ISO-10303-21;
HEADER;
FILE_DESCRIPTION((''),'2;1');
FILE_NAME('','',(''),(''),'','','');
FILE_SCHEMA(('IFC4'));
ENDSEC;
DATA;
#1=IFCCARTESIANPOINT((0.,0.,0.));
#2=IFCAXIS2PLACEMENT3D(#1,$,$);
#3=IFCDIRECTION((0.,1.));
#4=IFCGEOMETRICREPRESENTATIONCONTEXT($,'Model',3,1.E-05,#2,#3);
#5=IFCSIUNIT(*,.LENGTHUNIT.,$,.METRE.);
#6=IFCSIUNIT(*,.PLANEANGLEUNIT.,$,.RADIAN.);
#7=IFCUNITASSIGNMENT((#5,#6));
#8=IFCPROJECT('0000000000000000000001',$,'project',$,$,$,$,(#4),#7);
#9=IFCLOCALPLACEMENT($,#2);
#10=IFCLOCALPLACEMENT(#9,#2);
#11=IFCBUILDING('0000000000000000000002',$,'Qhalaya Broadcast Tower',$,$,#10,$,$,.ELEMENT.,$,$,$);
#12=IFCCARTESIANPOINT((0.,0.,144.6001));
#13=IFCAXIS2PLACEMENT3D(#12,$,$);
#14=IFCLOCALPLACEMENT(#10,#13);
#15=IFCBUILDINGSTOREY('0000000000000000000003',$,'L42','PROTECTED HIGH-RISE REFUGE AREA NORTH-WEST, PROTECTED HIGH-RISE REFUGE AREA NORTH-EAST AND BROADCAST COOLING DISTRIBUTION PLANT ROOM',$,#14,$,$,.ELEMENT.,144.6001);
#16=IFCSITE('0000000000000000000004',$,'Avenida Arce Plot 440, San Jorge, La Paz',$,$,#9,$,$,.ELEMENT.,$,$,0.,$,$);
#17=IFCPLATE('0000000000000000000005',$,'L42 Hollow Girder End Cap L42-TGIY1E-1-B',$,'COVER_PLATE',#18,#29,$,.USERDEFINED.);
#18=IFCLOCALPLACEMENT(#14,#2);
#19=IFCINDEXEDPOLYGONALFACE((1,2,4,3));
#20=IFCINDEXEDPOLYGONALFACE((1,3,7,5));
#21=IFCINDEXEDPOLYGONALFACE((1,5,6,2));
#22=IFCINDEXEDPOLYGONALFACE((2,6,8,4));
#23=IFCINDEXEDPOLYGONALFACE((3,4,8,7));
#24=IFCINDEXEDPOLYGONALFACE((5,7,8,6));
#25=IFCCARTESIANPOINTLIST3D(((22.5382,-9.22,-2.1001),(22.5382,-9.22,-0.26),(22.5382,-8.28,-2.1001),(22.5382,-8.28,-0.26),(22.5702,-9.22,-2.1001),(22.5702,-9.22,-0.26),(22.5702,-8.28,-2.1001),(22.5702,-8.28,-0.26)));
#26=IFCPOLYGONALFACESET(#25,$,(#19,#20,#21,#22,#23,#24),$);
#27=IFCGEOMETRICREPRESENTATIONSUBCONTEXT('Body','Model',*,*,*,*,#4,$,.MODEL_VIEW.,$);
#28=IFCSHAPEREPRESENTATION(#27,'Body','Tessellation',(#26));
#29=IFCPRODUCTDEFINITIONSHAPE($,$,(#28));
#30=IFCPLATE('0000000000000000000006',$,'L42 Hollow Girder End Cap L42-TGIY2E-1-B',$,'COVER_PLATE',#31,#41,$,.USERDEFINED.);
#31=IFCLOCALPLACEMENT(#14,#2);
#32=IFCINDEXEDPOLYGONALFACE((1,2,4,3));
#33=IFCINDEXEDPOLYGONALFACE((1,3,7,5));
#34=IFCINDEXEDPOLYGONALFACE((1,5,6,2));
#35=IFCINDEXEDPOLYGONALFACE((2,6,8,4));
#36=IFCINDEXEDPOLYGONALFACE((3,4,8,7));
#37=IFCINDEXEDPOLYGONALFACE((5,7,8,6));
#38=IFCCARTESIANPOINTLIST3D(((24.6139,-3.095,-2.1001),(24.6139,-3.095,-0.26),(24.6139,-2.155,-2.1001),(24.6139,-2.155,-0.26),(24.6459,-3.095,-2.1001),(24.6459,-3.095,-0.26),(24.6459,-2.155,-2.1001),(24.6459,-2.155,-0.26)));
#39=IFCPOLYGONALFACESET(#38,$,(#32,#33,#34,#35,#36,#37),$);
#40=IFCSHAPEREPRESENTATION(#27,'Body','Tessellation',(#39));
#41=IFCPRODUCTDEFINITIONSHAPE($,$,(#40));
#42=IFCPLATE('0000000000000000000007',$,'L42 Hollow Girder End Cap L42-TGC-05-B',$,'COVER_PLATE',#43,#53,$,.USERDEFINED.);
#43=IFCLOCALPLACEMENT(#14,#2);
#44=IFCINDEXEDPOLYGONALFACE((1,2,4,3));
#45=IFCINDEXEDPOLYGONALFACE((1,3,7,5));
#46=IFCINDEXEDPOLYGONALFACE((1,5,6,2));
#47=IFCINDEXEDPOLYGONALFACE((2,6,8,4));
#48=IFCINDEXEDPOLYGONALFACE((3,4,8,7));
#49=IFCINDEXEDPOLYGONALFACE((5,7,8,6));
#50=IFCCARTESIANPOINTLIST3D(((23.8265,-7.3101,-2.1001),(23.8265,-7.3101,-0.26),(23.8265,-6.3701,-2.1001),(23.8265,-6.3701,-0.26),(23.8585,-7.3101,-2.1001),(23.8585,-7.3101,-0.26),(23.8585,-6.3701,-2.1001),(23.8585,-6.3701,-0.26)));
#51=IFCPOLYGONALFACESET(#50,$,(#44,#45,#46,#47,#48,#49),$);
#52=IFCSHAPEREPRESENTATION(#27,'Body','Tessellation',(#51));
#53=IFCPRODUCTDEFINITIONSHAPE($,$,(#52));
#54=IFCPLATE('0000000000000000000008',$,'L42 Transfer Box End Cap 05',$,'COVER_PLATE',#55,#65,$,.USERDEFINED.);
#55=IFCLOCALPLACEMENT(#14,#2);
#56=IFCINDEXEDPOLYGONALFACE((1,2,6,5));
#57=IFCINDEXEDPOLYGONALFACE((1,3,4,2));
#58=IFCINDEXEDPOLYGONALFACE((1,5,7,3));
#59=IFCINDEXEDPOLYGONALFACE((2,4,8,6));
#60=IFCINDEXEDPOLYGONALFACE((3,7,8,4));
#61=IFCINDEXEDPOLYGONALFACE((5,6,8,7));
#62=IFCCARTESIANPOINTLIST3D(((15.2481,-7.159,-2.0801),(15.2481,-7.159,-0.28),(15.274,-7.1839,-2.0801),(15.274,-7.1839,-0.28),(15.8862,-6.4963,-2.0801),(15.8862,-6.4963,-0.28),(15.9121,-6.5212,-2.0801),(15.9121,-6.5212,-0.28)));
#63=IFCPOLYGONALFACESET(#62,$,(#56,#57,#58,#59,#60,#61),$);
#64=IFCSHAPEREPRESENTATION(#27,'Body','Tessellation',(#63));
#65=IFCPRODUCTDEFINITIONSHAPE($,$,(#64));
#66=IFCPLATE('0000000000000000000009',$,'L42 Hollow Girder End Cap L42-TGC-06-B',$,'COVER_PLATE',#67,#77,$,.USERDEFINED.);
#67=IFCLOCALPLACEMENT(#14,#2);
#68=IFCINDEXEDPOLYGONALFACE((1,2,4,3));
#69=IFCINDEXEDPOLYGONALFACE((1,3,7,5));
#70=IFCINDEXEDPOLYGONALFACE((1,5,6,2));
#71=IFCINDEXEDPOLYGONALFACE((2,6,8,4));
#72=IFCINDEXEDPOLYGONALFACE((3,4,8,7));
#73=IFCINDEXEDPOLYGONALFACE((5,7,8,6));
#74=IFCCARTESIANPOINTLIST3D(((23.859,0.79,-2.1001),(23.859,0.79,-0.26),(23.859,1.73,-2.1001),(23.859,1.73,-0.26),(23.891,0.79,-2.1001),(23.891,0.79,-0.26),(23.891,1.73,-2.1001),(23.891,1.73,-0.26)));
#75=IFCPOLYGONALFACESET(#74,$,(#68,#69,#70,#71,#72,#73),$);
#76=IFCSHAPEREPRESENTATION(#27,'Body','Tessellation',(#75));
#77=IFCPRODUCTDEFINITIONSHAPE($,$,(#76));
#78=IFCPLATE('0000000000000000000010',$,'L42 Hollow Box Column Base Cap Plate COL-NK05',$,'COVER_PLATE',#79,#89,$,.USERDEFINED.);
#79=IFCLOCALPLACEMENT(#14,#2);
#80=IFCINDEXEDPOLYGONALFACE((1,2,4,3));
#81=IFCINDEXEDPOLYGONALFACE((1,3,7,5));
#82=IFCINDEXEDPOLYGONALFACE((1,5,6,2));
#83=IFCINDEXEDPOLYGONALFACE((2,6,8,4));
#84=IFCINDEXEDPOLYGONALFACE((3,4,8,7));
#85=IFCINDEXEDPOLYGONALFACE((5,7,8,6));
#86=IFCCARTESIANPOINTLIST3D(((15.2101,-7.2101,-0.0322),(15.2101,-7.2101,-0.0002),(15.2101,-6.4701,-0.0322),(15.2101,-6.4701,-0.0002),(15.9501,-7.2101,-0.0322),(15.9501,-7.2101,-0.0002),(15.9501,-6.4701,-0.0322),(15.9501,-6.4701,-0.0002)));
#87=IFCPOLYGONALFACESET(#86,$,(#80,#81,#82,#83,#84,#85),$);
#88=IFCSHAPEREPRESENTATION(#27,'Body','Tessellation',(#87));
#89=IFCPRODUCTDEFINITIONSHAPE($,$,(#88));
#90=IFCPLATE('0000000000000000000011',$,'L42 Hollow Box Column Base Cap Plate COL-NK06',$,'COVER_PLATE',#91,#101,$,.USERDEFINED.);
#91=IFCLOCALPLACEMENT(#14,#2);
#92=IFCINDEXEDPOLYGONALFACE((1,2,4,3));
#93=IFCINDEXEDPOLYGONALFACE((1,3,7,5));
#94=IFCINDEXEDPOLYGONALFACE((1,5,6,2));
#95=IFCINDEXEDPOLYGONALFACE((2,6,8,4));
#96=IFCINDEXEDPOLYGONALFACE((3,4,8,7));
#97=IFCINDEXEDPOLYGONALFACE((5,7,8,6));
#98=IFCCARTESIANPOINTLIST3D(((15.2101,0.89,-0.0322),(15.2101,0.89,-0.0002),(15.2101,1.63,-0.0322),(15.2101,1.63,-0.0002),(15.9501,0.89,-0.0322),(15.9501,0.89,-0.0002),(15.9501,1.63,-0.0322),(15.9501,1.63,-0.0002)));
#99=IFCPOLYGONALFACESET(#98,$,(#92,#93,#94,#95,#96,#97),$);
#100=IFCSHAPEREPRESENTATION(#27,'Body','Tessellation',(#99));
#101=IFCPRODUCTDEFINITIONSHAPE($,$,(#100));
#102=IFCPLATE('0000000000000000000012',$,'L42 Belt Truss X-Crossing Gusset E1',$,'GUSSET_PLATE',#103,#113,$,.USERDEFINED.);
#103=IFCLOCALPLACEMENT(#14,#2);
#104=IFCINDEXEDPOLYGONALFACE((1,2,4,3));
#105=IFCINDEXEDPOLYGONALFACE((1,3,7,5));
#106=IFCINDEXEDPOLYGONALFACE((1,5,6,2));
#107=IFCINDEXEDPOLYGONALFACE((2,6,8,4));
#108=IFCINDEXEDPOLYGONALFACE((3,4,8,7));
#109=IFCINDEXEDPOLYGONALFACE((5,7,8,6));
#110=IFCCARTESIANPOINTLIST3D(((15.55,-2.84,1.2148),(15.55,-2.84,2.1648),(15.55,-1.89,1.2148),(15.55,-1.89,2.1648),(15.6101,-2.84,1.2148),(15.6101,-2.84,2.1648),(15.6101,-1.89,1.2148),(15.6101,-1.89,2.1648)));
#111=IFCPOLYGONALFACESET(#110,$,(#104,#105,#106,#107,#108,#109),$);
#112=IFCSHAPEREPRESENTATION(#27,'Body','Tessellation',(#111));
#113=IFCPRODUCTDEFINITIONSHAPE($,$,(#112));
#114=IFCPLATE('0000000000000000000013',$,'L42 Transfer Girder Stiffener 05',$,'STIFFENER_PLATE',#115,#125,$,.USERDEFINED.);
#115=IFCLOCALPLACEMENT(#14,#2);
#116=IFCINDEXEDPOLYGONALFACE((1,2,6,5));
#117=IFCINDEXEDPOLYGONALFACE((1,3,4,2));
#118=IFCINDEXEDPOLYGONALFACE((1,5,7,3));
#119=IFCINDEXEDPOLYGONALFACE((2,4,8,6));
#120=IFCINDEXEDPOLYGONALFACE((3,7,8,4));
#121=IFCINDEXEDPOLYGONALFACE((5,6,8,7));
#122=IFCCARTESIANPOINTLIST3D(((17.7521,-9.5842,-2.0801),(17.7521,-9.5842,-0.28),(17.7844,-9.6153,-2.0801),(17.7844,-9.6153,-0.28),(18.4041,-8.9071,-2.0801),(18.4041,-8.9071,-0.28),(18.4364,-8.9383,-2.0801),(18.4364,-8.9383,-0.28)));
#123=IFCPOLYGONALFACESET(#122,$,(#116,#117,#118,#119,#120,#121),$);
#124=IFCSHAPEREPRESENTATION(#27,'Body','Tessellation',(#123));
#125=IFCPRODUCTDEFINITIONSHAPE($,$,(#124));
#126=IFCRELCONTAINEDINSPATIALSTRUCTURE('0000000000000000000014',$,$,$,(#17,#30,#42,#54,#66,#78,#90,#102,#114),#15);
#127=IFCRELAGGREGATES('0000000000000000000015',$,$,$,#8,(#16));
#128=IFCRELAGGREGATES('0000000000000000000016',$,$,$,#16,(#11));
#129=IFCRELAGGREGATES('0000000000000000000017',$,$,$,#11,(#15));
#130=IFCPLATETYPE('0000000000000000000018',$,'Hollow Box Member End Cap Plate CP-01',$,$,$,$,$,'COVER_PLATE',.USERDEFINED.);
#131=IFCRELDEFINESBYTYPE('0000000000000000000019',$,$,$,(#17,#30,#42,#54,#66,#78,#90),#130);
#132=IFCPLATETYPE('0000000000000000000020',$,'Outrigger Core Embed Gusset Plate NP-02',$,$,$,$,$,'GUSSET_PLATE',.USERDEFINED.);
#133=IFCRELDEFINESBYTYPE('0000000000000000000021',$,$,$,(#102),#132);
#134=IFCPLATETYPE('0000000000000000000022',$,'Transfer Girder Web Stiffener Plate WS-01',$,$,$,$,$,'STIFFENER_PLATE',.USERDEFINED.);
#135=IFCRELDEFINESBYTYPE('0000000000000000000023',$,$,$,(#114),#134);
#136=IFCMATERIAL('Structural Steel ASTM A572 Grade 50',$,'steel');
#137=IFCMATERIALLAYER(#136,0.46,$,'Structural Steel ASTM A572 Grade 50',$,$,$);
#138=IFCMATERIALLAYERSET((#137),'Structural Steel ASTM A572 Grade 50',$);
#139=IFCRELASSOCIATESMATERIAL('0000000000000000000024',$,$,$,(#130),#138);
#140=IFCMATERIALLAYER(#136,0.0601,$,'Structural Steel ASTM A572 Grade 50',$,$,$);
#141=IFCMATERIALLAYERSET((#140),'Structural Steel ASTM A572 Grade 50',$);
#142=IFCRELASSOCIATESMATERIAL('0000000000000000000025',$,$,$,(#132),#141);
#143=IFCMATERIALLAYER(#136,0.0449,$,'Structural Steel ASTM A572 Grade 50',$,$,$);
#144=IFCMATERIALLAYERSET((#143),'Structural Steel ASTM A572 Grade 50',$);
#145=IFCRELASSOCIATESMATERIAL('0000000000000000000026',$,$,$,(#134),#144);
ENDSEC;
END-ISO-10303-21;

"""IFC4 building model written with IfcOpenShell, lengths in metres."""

from ifc_helpers import new_model, si_unit, direction, frame, origin, origin_2d, place, context, subcontext, project, spatial, rectangle, extrude, material, layer, layer_set, type_object, element, save


model = new_model("IFC4")

# Units and contexts
model_context = context("Model", 3, precision=1e-05, world=origin(), true_north=direction((0.0, 1.0)))
body_context = subcontext(model_context, "Body", "Model", "MODEL_VIEW")
ifc_project = project(units=[si_unit("LENGTHUNIT", "METRE"), si_unit("PLANEANGLEUNIT", "RADIAN")], contexts=[model_context])

# Site, building, storey
site_placement = place(None, origin())
site = spatial("IfcSite", under=ifc_project, at=site_placement, Name="Avenida Arce Plot 440, San Jorge, La Paz", CompositionType="ELEMENT", RefElevation=0.0)
building_placement = place(site_placement, origin())
building = spatial("IfcBuilding", under=site, at=building_placement, Name="Qhalaya Broadcast Tower", CompositionType="ELEMENT")
storey_placement = place(building_placement, frame((0.0, 0.0, 144.6001)))
storey = spatial("IfcBuildingStorey", under=building, at=storey_placement, Name="L42", Description="PROTECTED HIGH-RISE REFUGE AREA NORTH-WEST, PROTECTED HIGH-RISE REFUGE AREA NORTH-EAST AND BROADCAST COOLING DISTRIBUTION PLANT ROOM", CompositionType="ELEMENT", Elevation=144.6001)

# Shared definitions
ifc_material_1 = material(Name="Structural Steel ASTM A572 Grade 50", Category="steel")

# Plates
ifc_layer_1 = layer(ifc_material_1, 0.46, Name="Structural Steel ASTM A572 Grade 50")
ifc_layer_set_1 = layer_set([ifc_layer_1], Name="Structural Steel ASTM A572 Grade 50")
plate_type_1 = type_object("IfcPlateType", Name="Hollow Box Member End Cap Plate CP-01", ElementType="COVER_PLATE", PredefinedType="USERDEFINED", material=ifc_layer_set_1)
for number, where, z_axis, x_axis, name in (
    (1, (22.5542, -8.75, -2.1001), (0.0, 0.0, 1.0), (0.0, 1.0, 0.0), "L42 Hollow Girder End Cap L42-TGIY1E-1-B"),
    (2, (24.6299, -2.625, -2.1001), (0.0, 0.0, 1.0), (0.0, 1.0, 0.0), "L42 Hollow Girder End Cap L42-TGIY2E-1-B"),
    (3, (23.8425, -6.8401, -2.1001), (0.0, 0.0, 1.0), (0.0, 1.0, 0.0), "L42 Hollow Girder End Cap L42-TGC-05-B"),
):
    element("IfcPlate", number, at=place(storey_placement, frame(where, z_axis=z_axis, x_axis=x_axis)), inside=storey, type_object=plate_type_1, Name=name, ObjectType="COVER_PLATE", PredefinedType="USERDEFINED", context=body_context, shape_type="SweptSolid", body=[
        extrude(rectangle(XDim=0.9399, YDim=0.032, at=origin_2d()), origin(), (0.0, 0.0, 1.0), 1.8401),
    ])
plate_1_placement = place(storey_placement, frame((15.5801, -6.8401, -2.0801), z_axis=(0.0, 0.0, 1.0), x_axis=(-0.693641, -0.720321, 0.0)))
element("IfcPlate", 4, at=plate_1_placement, inside=storey, type_object=plate_type_1, Name="L42 Transfer Box End Cap 05", ObjectType="COVER_PLATE", PredefinedType="USERDEFINED", context=body_context, shape_type="SweptSolid", body=[
    extrude(rectangle(XDim=0.9199, YDim=0.0359, at=origin_2d()), origin(), (0.0, 0.0, 1.0), 1.8),
])
plate_2_placement = place(storey_placement, frame((23.875, 1.26, -2.1001), z_axis=(0.0, 0.0, 1.0), x_axis=(0.0, 1.0, 0.0)))
element("IfcPlate", 5, at=plate_2_placement, inside=storey, type_object=plate_type_1, Name="L42 Hollow Girder End Cap L42-TGC-06-B", ObjectType="COVER_PLATE", PredefinedType="USERDEFINED", context=body_context, shape_type="SweptSolid", body=[
    extrude(rectangle(XDim=0.9399, YDim=0.032, at=origin_2d()), origin(), (0.0, 0.0, 1.0), 1.8401),
])
for number, where, z_axis, x_axis, name in (
    (6, (15.5801, -6.8401, -0.0322), (0.0, 0.0, 1.0), (0.0, 1.0, 0.0), "L42 Hollow Box Column Base Cap Plate COL-NK05"),
    (7, (15.5801, 1.26, -0.0322), (0.0, 0.0, 1.0), (0.0, 1.0, 0.0), "L42 Hollow Box Column Base Cap Plate COL-NK06"),
):
    element("IfcPlate", number, at=place(storey_placement, frame(where, z_axis=z_axis, x_axis=x_axis)), inside=storey, type_object=plate_type_1, Name=name, ObjectType="COVER_PLATE", PredefinedType="USERDEFINED", context=body_context, shape_type="SweptSolid", body=[
        extrude(rectangle(XDim=0.74, YDim=0.74, at=origin_2d()), origin(), (0.0, 0.0, 1.0), 0.032),
    ])
ifc_layer_2 = layer(ifc_material_1, 0.0601, Name="Structural Steel ASTM A572 Grade 50")
ifc_layer_set_2 = layer_set([ifc_layer_2], Name="Structural Steel ASTM A572 Grade 50")
plate_type_2 = type_object("IfcPlateType", Name="Outrigger Core Embed Gusset Plate NP-02", ElementType="GUSSET_PLATE", PredefinedType="USERDEFINED", material=ifc_layer_set_2)
plate_3_placement = place(storey_placement, frame((15.5801, -2.365, 1.2148), z_axis=(0.0, 0.0, 1.0), x_axis=(0.0, 1.0, 0.0)))
element("IfcPlate", 8, at=plate_3_placement, inside=storey, type_object=plate_type_2, Name="L42 Belt Truss X-Crossing Gusset E1", ObjectType="GUSSET_PLATE", PredefinedType="USERDEFINED", context=body_context, shape_type="SweptSolid", body=[
    extrude(rectangle(XDim=0.95, YDim=0.0601, at=origin_2d()), origin(), (0.0, 0.0, 1.0), 0.95),
])
ifc_layer_3 = layer(ifc_material_1, 0.0449, Name="Structural Steel ASTM A572 Grade 50")
ifc_layer_set_3 = layer_set([ifc_layer_3], Name="Structural Steel ASTM A572 Grade 50")
plate_type_3 = type_object("IfcPlateType", Name="Transfer Girder Web Stiffener Plate WS-01", ElementType="STIFFENER_PLATE", PredefinedType="USERDEFINED", material=ifc_layer_set_3)
plate_4_placement = place(storey_placement, frame((18.0942, -9.2612, -2.0801), z_axis=(0.0, 0.0, 1.0), x_axis=(-0.693641, -0.720321, 0.0)))
element("IfcPlate", 9, at=plate_4_placement, inside=storey, type_object=plate_type_3, Name="L42 Transfer Girder Stiffener 05", ObjectType="STIFFENER_PLATE", PredefinedType="USERDEFINED", context=body_context, shape_type="SweptSolid", body=[
    extrude(rectangle(XDim=0.9399, YDim=0.0449, at=origin_2d()), origin(), (0.0, 0.0, 1.0), 1.8),
])

save(model, "model.ifc")
